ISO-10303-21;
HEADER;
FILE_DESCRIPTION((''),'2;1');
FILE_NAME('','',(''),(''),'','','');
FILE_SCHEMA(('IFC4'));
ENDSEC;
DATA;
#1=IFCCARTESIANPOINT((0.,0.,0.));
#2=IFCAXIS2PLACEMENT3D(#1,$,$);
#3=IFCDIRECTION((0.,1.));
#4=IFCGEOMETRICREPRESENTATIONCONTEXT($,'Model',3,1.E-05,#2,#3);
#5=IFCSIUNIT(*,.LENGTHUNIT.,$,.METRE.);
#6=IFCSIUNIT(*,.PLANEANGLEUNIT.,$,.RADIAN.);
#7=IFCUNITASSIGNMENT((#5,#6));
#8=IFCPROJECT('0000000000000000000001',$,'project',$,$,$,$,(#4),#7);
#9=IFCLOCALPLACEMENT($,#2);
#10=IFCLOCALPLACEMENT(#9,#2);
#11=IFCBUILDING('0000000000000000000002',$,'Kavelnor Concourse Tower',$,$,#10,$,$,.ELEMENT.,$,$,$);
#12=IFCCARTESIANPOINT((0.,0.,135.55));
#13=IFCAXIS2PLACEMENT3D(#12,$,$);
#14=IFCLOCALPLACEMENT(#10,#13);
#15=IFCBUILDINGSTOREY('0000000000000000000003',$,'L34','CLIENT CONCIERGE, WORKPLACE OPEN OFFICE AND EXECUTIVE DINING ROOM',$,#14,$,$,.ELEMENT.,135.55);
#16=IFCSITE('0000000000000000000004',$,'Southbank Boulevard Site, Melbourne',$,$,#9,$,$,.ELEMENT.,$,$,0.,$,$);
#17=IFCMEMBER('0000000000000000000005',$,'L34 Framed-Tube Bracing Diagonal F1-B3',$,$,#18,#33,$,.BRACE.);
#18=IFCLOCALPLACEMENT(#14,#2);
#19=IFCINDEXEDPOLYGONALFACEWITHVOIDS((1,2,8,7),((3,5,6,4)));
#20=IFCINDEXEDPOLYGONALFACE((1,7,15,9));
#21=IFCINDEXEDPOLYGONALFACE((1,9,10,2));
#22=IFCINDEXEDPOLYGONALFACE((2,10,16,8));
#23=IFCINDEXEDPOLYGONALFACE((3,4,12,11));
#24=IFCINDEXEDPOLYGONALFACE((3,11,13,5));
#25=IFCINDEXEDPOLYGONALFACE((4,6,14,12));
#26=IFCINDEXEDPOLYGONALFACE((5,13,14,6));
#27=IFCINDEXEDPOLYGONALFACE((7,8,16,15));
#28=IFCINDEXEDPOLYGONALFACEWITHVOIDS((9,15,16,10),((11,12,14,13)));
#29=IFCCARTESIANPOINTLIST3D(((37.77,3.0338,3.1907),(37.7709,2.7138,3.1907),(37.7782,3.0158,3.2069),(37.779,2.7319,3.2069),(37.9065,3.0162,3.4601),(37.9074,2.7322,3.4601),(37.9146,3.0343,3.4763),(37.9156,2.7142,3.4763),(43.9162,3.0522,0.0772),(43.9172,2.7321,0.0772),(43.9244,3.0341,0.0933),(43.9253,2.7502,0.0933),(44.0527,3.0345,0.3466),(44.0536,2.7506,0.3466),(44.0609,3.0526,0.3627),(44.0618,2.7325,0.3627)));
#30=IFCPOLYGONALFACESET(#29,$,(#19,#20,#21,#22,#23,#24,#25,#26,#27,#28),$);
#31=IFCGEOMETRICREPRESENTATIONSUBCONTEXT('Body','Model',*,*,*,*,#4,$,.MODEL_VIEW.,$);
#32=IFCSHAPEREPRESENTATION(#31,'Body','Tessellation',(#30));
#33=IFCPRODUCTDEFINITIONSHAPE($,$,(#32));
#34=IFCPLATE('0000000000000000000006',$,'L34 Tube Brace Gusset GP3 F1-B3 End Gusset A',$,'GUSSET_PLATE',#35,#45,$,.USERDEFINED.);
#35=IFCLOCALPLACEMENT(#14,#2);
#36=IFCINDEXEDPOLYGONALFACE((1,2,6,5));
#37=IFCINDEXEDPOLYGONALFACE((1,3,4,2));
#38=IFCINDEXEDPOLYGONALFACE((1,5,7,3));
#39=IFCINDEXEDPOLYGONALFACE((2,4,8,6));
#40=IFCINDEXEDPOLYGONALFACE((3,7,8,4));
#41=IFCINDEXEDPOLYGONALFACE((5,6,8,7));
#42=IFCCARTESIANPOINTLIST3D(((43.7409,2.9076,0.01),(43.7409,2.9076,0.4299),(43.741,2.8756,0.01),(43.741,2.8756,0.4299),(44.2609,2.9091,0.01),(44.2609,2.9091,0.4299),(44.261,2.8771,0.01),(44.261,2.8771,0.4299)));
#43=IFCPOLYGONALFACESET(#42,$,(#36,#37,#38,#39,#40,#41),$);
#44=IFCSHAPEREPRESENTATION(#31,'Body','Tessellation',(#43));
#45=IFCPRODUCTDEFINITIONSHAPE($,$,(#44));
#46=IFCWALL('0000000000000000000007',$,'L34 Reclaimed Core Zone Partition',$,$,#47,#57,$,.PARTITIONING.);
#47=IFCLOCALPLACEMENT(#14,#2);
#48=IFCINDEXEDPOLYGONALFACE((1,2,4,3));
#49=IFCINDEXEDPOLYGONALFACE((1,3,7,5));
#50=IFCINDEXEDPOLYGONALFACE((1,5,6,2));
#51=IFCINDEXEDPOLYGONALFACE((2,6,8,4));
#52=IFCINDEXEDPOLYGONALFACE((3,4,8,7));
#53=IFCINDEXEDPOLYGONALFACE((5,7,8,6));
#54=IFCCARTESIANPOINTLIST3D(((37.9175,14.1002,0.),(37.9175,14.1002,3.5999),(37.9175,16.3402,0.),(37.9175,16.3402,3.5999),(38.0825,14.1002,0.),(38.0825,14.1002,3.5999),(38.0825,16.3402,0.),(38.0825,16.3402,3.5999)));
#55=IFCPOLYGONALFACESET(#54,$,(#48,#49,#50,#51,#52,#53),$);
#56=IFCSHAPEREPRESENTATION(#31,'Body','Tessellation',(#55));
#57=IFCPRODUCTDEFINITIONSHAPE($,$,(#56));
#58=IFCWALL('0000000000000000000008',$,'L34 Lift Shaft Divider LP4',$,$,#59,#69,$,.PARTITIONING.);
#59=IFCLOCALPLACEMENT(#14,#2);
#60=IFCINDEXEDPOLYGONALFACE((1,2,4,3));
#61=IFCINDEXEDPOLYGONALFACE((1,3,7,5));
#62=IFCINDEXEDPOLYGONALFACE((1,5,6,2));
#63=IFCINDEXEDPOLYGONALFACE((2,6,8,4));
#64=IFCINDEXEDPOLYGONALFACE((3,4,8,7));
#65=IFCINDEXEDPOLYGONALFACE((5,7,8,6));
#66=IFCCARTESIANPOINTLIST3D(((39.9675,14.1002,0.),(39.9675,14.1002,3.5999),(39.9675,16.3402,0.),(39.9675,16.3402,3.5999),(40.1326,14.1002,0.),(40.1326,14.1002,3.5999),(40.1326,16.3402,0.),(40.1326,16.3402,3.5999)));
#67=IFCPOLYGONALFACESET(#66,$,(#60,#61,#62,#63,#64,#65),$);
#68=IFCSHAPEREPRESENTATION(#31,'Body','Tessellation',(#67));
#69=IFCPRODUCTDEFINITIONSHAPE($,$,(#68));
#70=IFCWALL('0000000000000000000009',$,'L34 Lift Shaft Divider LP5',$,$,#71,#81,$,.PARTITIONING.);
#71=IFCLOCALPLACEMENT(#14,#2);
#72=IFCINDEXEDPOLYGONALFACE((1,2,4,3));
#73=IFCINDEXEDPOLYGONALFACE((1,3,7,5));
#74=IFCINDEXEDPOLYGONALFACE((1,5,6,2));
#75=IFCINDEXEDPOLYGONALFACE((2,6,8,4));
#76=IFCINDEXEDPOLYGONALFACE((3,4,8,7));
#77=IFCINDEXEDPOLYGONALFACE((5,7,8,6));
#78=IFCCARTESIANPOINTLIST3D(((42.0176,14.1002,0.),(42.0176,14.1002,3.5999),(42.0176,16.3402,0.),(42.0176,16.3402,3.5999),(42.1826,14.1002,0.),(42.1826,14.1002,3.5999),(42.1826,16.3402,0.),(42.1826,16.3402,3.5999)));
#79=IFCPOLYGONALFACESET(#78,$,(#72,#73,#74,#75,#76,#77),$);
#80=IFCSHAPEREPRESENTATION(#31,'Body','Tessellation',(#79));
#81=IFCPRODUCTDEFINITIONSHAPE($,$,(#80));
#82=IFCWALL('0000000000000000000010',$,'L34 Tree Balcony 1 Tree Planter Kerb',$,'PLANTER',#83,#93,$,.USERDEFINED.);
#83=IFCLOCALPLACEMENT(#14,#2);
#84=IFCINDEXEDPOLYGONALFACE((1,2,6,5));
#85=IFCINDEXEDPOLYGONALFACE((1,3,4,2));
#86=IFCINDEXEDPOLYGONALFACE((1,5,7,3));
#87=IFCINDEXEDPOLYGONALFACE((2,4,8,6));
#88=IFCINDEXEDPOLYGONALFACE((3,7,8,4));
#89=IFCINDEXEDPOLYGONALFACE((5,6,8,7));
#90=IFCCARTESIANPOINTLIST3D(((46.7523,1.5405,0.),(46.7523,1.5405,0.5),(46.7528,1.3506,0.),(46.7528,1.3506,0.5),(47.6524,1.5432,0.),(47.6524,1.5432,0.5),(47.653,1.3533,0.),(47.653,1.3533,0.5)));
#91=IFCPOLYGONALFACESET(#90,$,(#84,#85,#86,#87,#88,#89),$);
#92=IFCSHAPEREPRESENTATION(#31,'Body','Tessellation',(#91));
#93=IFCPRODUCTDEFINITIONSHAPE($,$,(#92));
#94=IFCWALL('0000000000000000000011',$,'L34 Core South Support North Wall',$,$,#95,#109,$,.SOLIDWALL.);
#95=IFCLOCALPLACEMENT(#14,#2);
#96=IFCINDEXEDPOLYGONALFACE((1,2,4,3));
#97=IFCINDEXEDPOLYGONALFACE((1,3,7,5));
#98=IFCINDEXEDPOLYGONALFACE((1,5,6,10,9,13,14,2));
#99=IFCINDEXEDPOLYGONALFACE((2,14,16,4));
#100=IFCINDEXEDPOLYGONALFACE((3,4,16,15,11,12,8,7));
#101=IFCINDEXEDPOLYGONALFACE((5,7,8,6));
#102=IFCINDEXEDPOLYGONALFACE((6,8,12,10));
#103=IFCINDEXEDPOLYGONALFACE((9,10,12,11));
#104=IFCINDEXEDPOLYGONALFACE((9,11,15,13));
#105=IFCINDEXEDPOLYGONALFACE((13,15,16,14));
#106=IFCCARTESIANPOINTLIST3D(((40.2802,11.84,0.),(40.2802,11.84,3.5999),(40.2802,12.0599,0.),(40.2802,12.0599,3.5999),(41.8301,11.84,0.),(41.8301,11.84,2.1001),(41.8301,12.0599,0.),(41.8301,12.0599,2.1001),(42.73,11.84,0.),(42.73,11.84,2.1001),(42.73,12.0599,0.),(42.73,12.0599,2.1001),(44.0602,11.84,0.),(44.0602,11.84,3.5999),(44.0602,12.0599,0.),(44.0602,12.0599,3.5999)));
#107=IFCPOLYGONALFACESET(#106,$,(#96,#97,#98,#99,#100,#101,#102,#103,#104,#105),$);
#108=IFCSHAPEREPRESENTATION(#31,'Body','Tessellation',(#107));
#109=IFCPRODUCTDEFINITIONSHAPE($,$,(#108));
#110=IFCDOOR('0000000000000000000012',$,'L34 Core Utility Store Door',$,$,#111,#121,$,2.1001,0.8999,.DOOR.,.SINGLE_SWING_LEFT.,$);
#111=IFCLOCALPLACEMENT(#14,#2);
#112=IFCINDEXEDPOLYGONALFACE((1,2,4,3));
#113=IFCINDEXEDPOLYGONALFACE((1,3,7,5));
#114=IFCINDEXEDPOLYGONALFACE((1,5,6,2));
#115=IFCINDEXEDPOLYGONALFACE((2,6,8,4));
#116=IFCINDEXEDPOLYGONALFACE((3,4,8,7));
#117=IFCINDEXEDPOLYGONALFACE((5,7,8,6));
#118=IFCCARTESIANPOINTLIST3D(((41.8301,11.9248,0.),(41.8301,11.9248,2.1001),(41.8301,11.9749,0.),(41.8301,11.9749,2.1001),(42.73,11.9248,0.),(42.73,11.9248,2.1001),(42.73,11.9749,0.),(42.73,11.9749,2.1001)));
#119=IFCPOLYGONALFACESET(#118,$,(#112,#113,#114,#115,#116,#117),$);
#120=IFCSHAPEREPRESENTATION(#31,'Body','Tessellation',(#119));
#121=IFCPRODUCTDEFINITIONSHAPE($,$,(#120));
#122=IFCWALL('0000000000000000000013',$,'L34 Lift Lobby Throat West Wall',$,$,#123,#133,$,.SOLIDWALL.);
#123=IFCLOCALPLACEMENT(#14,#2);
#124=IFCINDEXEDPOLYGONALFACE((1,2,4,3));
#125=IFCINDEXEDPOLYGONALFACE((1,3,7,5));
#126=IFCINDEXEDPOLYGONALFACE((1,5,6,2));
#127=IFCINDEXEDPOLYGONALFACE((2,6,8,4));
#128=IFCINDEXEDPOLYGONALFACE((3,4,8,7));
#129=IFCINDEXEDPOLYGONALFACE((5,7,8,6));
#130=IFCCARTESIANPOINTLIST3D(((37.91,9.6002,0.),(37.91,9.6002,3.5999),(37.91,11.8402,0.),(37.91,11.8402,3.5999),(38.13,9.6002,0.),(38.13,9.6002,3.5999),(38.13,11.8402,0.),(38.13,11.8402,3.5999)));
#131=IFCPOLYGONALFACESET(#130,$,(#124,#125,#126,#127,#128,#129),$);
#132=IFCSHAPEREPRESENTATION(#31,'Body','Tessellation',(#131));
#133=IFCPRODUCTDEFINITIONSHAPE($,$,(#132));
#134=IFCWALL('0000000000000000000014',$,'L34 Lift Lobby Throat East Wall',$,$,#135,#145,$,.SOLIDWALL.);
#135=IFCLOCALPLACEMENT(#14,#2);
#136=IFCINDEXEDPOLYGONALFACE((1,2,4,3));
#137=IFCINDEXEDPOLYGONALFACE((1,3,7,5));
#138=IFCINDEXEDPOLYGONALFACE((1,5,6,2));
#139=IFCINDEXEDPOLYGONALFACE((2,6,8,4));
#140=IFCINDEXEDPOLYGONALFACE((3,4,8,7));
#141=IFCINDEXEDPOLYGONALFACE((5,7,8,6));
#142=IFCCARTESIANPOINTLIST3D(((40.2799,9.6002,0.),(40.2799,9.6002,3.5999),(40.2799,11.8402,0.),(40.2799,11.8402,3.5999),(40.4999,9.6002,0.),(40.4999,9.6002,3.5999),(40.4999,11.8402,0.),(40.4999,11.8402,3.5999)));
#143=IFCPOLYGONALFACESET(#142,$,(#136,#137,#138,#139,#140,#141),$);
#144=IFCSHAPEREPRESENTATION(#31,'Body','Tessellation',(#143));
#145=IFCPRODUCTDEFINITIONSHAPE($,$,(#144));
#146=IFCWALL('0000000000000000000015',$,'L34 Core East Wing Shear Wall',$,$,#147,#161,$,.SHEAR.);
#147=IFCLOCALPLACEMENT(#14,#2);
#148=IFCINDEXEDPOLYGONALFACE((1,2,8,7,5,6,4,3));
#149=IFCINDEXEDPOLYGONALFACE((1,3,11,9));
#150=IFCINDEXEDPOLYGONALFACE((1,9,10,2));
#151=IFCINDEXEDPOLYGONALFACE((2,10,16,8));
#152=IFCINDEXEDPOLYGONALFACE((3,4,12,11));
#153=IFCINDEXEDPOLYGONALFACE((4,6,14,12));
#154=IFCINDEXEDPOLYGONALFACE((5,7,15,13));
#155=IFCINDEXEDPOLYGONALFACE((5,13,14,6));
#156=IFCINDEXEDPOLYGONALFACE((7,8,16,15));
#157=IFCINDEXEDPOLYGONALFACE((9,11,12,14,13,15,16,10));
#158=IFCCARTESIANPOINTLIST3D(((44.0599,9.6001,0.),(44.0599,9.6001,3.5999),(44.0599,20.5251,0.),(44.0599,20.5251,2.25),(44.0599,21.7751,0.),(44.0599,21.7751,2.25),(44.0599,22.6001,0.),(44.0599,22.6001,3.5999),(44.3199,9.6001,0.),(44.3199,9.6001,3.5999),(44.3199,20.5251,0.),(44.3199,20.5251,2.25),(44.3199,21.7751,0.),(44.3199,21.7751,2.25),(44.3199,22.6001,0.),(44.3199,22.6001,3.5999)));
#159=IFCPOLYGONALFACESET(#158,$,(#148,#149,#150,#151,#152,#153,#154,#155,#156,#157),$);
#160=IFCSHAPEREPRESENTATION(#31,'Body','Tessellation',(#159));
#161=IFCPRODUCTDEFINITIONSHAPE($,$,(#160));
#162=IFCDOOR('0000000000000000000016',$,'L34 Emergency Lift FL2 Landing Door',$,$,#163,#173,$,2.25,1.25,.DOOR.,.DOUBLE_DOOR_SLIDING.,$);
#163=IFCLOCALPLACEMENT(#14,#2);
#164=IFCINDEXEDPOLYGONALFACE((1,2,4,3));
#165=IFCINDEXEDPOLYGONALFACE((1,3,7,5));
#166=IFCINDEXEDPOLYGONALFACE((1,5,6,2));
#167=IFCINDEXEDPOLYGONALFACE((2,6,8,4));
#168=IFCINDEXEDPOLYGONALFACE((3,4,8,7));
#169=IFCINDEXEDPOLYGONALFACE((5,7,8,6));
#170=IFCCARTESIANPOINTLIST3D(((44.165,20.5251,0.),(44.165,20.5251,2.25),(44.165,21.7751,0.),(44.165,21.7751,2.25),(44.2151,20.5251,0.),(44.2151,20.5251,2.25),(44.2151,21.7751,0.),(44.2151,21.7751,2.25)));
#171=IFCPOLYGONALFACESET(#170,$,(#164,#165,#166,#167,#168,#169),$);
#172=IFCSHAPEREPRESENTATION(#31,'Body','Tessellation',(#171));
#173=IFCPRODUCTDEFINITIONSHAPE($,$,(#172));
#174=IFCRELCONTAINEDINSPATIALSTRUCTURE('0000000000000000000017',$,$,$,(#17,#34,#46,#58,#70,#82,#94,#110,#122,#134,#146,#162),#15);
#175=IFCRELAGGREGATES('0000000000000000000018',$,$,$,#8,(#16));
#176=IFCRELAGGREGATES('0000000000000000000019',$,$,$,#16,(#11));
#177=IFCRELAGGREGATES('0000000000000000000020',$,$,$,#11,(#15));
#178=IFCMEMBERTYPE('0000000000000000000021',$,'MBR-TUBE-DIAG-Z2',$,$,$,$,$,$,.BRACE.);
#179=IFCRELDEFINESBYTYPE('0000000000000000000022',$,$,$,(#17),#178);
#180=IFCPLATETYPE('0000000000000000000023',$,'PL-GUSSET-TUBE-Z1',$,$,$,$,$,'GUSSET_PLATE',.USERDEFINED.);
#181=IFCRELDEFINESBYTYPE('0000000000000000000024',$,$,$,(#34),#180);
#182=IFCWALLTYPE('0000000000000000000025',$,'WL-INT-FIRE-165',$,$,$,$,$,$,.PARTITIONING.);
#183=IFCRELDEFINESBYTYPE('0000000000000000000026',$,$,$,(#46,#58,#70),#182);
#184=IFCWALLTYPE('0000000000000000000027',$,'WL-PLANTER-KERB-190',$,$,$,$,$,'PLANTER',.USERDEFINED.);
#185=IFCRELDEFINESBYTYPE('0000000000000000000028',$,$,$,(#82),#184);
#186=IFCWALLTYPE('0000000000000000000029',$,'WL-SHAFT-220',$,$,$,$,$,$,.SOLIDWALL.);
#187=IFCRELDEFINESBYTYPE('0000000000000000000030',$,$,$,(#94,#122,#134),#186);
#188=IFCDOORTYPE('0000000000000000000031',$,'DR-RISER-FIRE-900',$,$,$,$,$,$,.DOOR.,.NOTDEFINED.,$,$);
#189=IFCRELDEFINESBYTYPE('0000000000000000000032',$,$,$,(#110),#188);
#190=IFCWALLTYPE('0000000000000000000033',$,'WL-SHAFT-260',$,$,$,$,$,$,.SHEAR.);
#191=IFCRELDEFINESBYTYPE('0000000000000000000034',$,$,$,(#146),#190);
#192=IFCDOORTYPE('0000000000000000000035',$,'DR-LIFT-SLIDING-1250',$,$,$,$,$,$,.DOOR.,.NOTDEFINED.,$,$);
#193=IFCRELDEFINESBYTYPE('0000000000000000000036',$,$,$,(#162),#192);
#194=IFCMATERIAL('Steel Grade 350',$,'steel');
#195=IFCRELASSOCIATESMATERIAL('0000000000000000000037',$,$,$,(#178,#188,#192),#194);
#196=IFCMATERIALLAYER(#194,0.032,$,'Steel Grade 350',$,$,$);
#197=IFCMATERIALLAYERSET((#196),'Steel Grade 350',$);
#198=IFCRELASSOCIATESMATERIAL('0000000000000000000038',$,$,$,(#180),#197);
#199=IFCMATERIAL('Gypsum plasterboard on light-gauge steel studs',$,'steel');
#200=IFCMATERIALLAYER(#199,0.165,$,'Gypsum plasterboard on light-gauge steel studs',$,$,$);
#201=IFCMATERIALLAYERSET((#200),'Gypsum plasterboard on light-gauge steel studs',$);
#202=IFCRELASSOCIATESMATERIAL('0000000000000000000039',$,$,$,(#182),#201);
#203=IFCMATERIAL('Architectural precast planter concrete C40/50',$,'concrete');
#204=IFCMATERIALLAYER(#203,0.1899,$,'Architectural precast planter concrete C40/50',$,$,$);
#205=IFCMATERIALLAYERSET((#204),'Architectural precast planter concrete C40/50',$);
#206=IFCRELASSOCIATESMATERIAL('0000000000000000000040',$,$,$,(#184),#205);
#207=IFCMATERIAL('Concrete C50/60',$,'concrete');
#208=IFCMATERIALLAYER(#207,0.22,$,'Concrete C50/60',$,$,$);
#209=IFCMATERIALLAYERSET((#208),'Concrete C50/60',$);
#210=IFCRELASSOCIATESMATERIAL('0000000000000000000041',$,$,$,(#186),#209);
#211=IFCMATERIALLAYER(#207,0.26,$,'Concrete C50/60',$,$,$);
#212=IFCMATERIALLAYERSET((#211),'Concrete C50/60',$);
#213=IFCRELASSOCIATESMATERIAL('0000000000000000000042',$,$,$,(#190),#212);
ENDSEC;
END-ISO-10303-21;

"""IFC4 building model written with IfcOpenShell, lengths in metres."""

from ifc_helpers import new_model, si_unit, direction, frame, frame_2d, origin, origin_2d, place, context, subcontext, project, spatial, rectangle, hollow_rectangle, extrude, material, layer, layer_set, material_profile, profile_set, type_object, element, fill, save


model = new_model("IFC4")

# Units and contexts
model_context = context("Model", 3, precision=1e-05, world=origin(), true_north=direction((0.0, 1.0)))
body_context = subcontext(model_context, "Body", "Model", "MODEL_VIEW")
ifc_project = project(units=[si_unit("LENGTHUNIT", "METRE"), si_unit("PLANEANGLEUNIT", "RADIAN")], contexts=[model_context])

# Site, building, storey
site_placement = place(None, origin())
site = spatial("IfcSite", under=ifc_project, at=site_placement, Name="Southbank Boulevard Site, Melbourne", CompositionType="ELEMENT", RefElevation=0.0)
building_placement = place(site_placement, origin())
building = spatial("IfcBuilding", under=site, at=building_placement, Name="Kavelnor Concourse Tower", CompositionType="ELEMENT")
storey_placement = place(building_placement, frame((0.0, 0.0, 135.55)))
storey = spatial("IfcBuildingStorey", under=building, at=storey_placement, Name="L34", Description="CLIENT CONCIERGE, WORKPLACE OPEN OFFICE AND EXECUTIVE DINING ROOM", CompositionType="ELEMENT", Elevation=135.55)

# Shared definitions
ifc_material_1 = material(Name="Steel Grade 350", Category="steel")

# Member
ifc_material_profile_1 = material_profile(ifc_material_1, hollow_rectangle(XDim=0.3201, YDim=0.3201, WallThickness=0.0181, at=origin_2d()), Name="SHS 320x320x18")
ifc_profile_set_1 = profile_set([ifc_material_profile_1], Name="Steel Grade 350")
member_type = type_object("IfcMemberType", Name="MBR-TUBE-DIAG-Z2", PredefinedType="BRACE", material=ifc_profile_set_1)
member_placement = place(storey_placement, frame((43.989, 2.8923, 0.22), z_axis=(-0.892066, -0.002658, 0.451897), x_axis=(0.002979, -0.999996, 0.0)))
element("IfcMember", 1, at=member_placement, inside=storey, type_object=member_type, Name="L34 Framed-Tube Bracing Diagonal F1-B3", PredefinedType="BRACE", context=body_context, shape_type="SweptSolid", body=[
    extrude(hollow_rectangle(XDim=0.3201, YDim=0.3201, WallThickness=0.0181, at=origin_2d()), origin(), (0.0, 0.0, 1.0), 6.8899),
])

# Plate
ifc_layer_1 = layer(ifc_material_1, 0.032, Name="Steel Grade 350")
ifc_layer_set_1 = layer_set([ifc_layer_1], Name="Steel Grade 350")
plate_type = type_object("IfcPlateType", Name="PL-GUSSET-TUBE-Z1", ElementType="GUSSET_PLATE", PredefinedType="USERDEFINED", material=ifc_layer_set_1)
plate_placement = place(storey_placement, frame((44.001, 2.8923, 0.01), z_axis=(0.0, 0.0, 1.0), x_axis=(-0.999996, -0.002967, 0.0)))
element("IfcPlate", 2, at=plate_placement, inside=storey, type_object=plate_type, Name="L34 Tube Brace Gusset GP3 F1-B3 End Gusset A", ObjectType="GUSSET_PLATE", PredefinedType="USERDEFINED", context=body_context, shape_type="SweptSolid", body=[
    extrude(rectangle(XDim=0.52, YDim=0.032, at=origin_2d()), origin(), (0.0, 0.0, 1.0), 0.4199),
])

# Walls
ifc_material_2 = material(Name="Gypsum plasterboard on light-gauge steel studs", Category="steel")
ifc_layer_2 = layer(ifc_material_2, 0.165, Name="Gypsum plasterboard on light-gauge steel studs")
ifc_layer_set_2 = layer_set([ifc_layer_2], Name="Gypsum plasterboard on light-gauge steel studs")
wall_type_1 = type_object("IfcWallType", Name="WL-INT-FIRE-165", PredefinedType="PARTITIONING", material=ifc_layer_set_2)
for number, where, z_axis, x_axis, name in (
    (3, (38.0, 14.1001, 0.0), (0.0, 0.0, 1.0), (0.0, 1.0, 0.0), "L34 Reclaimed Core Zone Partition"),
    (4, (40.05, 14.1001, 0.0), (0.0, 0.0, 1.0), (0.0, 1.0, 0.0), "L34 Lift Shaft Divider LP4"),
    (5, (42.1001, 14.1001, 0.0), (0.0, 0.0, 1.0), (0.0, 1.0, 0.0), "L34 Lift Shaft Divider LP5"),
):
    element("IfcWall", number, at=place(storey_placement, frame(where, z_axis=z_axis, x_axis=x_axis)), inside=storey, type_object=wall_type_1, Name=name, PredefinedType="PARTITIONING", context=body_context, shape_type="SweptSolid", body=[
        extrude(rectangle(XDim=2.24, YDim=0.165, at=frame_2d((1.1201, 0.0))), origin(), (0.0, 0.0, 1.0), 3.5999),
    ])
ifc_material_3 = material(Name="Architectural precast planter concrete C40/50", Category="concrete")
ifc_layer_3 = layer(ifc_material_3, 0.1899, Name="Architectural precast planter concrete C40/50")
ifc_layer_set_3 = layer_set([ifc_layer_3], Name="Architectural precast planter concrete C40/50")
wall_type_2 = type_object("IfcWallType", Name="WL-PLANTER-KERB-190", ElementType="PLANTER", PredefinedType="USERDEFINED", material=ifc_layer_set_3)
wall_1_placement = place(storey_placement, frame((46.7524, 1.4456, 0.0), z_axis=(0.0, 0.0, 1.0), x_axis=(0.999996, 0.002983, 0.0)))
element("IfcWall", 6, at=wall_1_placement, inside=storey, type_object=wall_type_2, Name="L34 Tree Balcony 1 Tree Planter Kerb", ObjectType="PLANTER", PredefinedType="USERDEFINED", context=body_context, shape_type="SweptSolid", body=[
    extrude(rectangle(XDim=0.9001, YDim=0.1899, at=frame_2d((0.4502, 0.0))), origin(), (0.0, 0.0, 1.0), 0.5),
])

# Wall, opening, door
ifc_material_4 = material(Name="Concrete C50/60", Category="concrete")
ifc_layer_4 = layer(ifc_material_4, 0.22, Name="Concrete C50/60")
ifc_layer_set_4 = layer_set([ifc_layer_4], Name="Concrete C50/60")
wall_type_3 = type_object("IfcWallType", Name="WL-SHAFT-220", PredefinedType="SOLIDWALL", material=ifc_layer_set_4)
wall_2_placement = place(storey_placement, frame((40.28, 11.95, 0.0), z_axis=(0.0, 0.0, 1.0), x_axis=(1.0, 0.0, 0.0)))
wall_2 = element("IfcWall", 7, at=wall_2_placement, inside=storey, type_object=wall_type_3, Name="L34 Core South Support North Wall", PredefinedType="SOLIDWALL", context=body_context, shape_type="SweptSolid", body=[
    extrude(rectangle(XDim=3.78, YDim=0.22, at=frame_2d((1.8901, 0.0))), origin(), (0.0, 0.0, 1.0), 3.5999),
])
opening_1_placement = place(wall_2_placement, frame((1.55, 0.0, 0.0)))
opening_1 = element("IfcOpeningElement", 8, at=opening_1_placement, cuts=wall_2, PredefinedType="OPENING", context=body_context, shape_type="SweptSolid", body=[
    extrude(rectangle(XDim=0.8999, YDim=2.1001, at=frame_2d((0.45, 1.05))), frame((0.0, 0.1201, 0.0), z_axis=(0.0, -1.0, 0.0), x_axis=(1.0, 0.0, 0.0)), (0.0, 0.0, 1.0), 0.24),
])
door_type_1 = type_object("IfcDoorType", Name="DR-RISER-FIRE-900", OperationType="NOTDEFINED", PredefinedType="DOOR", material=ifc_material_1)
door_1_placement = place(opening_1_placement, origin())
door_1 = element("IfcDoor", 9, at=door_1_placement, inside=storey, type_object=door_type_1, Name="L34 Core Utility Store Door", OperationType="SINGLE_SWING_LEFT", OverallHeight=2.1001, OverallWidth=0.8999, PredefinedType="DOOR", context=body_context, shape_type="SweptSolid", body=[
    extrude(rectangle(XDim=0.8999, YDim=2.1001, at=frame_2d((0.45, 1.05))), frame((0.0, 0.0249, 0.0), z_axis=(0.0, -1.0, 0.0), x_axis=(1.0, 0.0, 0.0)), (0.0, 0.0, 1.0), 0.05),
])
fill(opening_1, door_1)

# Walls
for number, where, z_axis, x_axis, name in (
    (10, (38.02, 9.6001, 0.0), (0.0, 0.0, 1.0), (0.0, 1.0, 0.0), "L34 Lift Lobby Throat West Wall"),
    (11, (40.3899, 9.6001, 0.0), (0.0, 0.0, 1.0), (0.0, 1.0, 0.0), "L34 Lift Lobby Throat East Wall"),
):
    element("IfcWall", number, at=place(storey_placement, frame(where, z_axis=z_axis, x_axis=x_axis)), inside=storey, type_object=wall_type_3, Name=name, PredefinedType="SOLIDWALL", context=body_context, shape_type="SweptSolid", body=[
        extrude(rectangle(XDim=2.24, YDim=0.22, at=frame_2d((1.1201, 0.0))), origin(), (0.0, 0.0, 1.0), 3.5999),
    ])

# Wall, opening, door
ifc_layer_5 = layer(ifc_material_4, 0.26, Name="Concrete C50/60")
ifc_layer_set_5 = layer_set([ifc_layer_5], Name="Concrete C50/60")
wall_type_4 = type_object("IfcWallType", Name="WL-SHAFT-260", PredefinedType="SHEAR", material=ifc_layer_set_5)
wall_3_placement = place(storey_placement, frame((44.1899, 9.6001, 0.0), z_axis=(0.0, 0.0, 1.0), x_axis=(0.0, 1.0, 0.0)))
wall_3 = element("IfcWall", 12, at=wall_3_placement, inside=storey, type_object=wall_type_4, Name="L34 Core East Wing Shear Wall", PredefinedType="SHEAR", context=body_context, shape_type="SweptSolid", body=[
    extrude(rectangle(XDim=13.0, YDim=0.26, at=frame_2d((6.5, 0.0))), origin(), (0.0, 0.0, 1.0), 3.5999),
])
opening_2_placement = place(wall_3_placement, frame((10.925, 0.0, 0.0)))
opening_2 = element("IfcOpeningElement", 13, at=opening_2_placement, cuts=wall_3, PredefinedType="OPENING", context=body_context, shape_type="SweptSolid", body=[
    extrude(rectangle(XDim=1.25, YDim=2.25, at=frame_2d((0.625, 1.125))), frame((0.0, 0.1401, 0.0), z_axis=(0.0, -1.0, 0.0), x_axis=(1.0, 0.0, 0.0)), (0.0, 0.0, 1.0), 0.28),
])
door_type_2 = type_object("IfcDoorType", Name="DR-LIFT-SLIDING-1250", OperationType="NOTDEFINED", PredefinedType="DOOR", material=ifc_material_1)
door_2_placement = place(opening_2_placement, origin())
door_2 = element("IfcDoor", 14, at=door_2_placement, inside=storey, type_object=door_type_2, Name="L34 Emergency Lift FL2 Landing Door", OperationType="DOUBLE_DOOR_SLIDING", OverallHeight=2.25, OverallWidth=1.25, PredefinedType="DOOR", context=body_context, shape_type="SweptSolid", body=[
    extrude(rectangle(XDim=1.25, YDim=2.25, at=frame_2d((0.625, 1.125))), frame((0.0, 0.0249, 0.0), z_axis=(0.0, -1.0, 0.0), x_axis=(1.0, 0.0, 0.0)), (0.0, 0.0, 1.0), 0.05),
])
fill(opening_2, door_2)

save(model, "model.ifc")
